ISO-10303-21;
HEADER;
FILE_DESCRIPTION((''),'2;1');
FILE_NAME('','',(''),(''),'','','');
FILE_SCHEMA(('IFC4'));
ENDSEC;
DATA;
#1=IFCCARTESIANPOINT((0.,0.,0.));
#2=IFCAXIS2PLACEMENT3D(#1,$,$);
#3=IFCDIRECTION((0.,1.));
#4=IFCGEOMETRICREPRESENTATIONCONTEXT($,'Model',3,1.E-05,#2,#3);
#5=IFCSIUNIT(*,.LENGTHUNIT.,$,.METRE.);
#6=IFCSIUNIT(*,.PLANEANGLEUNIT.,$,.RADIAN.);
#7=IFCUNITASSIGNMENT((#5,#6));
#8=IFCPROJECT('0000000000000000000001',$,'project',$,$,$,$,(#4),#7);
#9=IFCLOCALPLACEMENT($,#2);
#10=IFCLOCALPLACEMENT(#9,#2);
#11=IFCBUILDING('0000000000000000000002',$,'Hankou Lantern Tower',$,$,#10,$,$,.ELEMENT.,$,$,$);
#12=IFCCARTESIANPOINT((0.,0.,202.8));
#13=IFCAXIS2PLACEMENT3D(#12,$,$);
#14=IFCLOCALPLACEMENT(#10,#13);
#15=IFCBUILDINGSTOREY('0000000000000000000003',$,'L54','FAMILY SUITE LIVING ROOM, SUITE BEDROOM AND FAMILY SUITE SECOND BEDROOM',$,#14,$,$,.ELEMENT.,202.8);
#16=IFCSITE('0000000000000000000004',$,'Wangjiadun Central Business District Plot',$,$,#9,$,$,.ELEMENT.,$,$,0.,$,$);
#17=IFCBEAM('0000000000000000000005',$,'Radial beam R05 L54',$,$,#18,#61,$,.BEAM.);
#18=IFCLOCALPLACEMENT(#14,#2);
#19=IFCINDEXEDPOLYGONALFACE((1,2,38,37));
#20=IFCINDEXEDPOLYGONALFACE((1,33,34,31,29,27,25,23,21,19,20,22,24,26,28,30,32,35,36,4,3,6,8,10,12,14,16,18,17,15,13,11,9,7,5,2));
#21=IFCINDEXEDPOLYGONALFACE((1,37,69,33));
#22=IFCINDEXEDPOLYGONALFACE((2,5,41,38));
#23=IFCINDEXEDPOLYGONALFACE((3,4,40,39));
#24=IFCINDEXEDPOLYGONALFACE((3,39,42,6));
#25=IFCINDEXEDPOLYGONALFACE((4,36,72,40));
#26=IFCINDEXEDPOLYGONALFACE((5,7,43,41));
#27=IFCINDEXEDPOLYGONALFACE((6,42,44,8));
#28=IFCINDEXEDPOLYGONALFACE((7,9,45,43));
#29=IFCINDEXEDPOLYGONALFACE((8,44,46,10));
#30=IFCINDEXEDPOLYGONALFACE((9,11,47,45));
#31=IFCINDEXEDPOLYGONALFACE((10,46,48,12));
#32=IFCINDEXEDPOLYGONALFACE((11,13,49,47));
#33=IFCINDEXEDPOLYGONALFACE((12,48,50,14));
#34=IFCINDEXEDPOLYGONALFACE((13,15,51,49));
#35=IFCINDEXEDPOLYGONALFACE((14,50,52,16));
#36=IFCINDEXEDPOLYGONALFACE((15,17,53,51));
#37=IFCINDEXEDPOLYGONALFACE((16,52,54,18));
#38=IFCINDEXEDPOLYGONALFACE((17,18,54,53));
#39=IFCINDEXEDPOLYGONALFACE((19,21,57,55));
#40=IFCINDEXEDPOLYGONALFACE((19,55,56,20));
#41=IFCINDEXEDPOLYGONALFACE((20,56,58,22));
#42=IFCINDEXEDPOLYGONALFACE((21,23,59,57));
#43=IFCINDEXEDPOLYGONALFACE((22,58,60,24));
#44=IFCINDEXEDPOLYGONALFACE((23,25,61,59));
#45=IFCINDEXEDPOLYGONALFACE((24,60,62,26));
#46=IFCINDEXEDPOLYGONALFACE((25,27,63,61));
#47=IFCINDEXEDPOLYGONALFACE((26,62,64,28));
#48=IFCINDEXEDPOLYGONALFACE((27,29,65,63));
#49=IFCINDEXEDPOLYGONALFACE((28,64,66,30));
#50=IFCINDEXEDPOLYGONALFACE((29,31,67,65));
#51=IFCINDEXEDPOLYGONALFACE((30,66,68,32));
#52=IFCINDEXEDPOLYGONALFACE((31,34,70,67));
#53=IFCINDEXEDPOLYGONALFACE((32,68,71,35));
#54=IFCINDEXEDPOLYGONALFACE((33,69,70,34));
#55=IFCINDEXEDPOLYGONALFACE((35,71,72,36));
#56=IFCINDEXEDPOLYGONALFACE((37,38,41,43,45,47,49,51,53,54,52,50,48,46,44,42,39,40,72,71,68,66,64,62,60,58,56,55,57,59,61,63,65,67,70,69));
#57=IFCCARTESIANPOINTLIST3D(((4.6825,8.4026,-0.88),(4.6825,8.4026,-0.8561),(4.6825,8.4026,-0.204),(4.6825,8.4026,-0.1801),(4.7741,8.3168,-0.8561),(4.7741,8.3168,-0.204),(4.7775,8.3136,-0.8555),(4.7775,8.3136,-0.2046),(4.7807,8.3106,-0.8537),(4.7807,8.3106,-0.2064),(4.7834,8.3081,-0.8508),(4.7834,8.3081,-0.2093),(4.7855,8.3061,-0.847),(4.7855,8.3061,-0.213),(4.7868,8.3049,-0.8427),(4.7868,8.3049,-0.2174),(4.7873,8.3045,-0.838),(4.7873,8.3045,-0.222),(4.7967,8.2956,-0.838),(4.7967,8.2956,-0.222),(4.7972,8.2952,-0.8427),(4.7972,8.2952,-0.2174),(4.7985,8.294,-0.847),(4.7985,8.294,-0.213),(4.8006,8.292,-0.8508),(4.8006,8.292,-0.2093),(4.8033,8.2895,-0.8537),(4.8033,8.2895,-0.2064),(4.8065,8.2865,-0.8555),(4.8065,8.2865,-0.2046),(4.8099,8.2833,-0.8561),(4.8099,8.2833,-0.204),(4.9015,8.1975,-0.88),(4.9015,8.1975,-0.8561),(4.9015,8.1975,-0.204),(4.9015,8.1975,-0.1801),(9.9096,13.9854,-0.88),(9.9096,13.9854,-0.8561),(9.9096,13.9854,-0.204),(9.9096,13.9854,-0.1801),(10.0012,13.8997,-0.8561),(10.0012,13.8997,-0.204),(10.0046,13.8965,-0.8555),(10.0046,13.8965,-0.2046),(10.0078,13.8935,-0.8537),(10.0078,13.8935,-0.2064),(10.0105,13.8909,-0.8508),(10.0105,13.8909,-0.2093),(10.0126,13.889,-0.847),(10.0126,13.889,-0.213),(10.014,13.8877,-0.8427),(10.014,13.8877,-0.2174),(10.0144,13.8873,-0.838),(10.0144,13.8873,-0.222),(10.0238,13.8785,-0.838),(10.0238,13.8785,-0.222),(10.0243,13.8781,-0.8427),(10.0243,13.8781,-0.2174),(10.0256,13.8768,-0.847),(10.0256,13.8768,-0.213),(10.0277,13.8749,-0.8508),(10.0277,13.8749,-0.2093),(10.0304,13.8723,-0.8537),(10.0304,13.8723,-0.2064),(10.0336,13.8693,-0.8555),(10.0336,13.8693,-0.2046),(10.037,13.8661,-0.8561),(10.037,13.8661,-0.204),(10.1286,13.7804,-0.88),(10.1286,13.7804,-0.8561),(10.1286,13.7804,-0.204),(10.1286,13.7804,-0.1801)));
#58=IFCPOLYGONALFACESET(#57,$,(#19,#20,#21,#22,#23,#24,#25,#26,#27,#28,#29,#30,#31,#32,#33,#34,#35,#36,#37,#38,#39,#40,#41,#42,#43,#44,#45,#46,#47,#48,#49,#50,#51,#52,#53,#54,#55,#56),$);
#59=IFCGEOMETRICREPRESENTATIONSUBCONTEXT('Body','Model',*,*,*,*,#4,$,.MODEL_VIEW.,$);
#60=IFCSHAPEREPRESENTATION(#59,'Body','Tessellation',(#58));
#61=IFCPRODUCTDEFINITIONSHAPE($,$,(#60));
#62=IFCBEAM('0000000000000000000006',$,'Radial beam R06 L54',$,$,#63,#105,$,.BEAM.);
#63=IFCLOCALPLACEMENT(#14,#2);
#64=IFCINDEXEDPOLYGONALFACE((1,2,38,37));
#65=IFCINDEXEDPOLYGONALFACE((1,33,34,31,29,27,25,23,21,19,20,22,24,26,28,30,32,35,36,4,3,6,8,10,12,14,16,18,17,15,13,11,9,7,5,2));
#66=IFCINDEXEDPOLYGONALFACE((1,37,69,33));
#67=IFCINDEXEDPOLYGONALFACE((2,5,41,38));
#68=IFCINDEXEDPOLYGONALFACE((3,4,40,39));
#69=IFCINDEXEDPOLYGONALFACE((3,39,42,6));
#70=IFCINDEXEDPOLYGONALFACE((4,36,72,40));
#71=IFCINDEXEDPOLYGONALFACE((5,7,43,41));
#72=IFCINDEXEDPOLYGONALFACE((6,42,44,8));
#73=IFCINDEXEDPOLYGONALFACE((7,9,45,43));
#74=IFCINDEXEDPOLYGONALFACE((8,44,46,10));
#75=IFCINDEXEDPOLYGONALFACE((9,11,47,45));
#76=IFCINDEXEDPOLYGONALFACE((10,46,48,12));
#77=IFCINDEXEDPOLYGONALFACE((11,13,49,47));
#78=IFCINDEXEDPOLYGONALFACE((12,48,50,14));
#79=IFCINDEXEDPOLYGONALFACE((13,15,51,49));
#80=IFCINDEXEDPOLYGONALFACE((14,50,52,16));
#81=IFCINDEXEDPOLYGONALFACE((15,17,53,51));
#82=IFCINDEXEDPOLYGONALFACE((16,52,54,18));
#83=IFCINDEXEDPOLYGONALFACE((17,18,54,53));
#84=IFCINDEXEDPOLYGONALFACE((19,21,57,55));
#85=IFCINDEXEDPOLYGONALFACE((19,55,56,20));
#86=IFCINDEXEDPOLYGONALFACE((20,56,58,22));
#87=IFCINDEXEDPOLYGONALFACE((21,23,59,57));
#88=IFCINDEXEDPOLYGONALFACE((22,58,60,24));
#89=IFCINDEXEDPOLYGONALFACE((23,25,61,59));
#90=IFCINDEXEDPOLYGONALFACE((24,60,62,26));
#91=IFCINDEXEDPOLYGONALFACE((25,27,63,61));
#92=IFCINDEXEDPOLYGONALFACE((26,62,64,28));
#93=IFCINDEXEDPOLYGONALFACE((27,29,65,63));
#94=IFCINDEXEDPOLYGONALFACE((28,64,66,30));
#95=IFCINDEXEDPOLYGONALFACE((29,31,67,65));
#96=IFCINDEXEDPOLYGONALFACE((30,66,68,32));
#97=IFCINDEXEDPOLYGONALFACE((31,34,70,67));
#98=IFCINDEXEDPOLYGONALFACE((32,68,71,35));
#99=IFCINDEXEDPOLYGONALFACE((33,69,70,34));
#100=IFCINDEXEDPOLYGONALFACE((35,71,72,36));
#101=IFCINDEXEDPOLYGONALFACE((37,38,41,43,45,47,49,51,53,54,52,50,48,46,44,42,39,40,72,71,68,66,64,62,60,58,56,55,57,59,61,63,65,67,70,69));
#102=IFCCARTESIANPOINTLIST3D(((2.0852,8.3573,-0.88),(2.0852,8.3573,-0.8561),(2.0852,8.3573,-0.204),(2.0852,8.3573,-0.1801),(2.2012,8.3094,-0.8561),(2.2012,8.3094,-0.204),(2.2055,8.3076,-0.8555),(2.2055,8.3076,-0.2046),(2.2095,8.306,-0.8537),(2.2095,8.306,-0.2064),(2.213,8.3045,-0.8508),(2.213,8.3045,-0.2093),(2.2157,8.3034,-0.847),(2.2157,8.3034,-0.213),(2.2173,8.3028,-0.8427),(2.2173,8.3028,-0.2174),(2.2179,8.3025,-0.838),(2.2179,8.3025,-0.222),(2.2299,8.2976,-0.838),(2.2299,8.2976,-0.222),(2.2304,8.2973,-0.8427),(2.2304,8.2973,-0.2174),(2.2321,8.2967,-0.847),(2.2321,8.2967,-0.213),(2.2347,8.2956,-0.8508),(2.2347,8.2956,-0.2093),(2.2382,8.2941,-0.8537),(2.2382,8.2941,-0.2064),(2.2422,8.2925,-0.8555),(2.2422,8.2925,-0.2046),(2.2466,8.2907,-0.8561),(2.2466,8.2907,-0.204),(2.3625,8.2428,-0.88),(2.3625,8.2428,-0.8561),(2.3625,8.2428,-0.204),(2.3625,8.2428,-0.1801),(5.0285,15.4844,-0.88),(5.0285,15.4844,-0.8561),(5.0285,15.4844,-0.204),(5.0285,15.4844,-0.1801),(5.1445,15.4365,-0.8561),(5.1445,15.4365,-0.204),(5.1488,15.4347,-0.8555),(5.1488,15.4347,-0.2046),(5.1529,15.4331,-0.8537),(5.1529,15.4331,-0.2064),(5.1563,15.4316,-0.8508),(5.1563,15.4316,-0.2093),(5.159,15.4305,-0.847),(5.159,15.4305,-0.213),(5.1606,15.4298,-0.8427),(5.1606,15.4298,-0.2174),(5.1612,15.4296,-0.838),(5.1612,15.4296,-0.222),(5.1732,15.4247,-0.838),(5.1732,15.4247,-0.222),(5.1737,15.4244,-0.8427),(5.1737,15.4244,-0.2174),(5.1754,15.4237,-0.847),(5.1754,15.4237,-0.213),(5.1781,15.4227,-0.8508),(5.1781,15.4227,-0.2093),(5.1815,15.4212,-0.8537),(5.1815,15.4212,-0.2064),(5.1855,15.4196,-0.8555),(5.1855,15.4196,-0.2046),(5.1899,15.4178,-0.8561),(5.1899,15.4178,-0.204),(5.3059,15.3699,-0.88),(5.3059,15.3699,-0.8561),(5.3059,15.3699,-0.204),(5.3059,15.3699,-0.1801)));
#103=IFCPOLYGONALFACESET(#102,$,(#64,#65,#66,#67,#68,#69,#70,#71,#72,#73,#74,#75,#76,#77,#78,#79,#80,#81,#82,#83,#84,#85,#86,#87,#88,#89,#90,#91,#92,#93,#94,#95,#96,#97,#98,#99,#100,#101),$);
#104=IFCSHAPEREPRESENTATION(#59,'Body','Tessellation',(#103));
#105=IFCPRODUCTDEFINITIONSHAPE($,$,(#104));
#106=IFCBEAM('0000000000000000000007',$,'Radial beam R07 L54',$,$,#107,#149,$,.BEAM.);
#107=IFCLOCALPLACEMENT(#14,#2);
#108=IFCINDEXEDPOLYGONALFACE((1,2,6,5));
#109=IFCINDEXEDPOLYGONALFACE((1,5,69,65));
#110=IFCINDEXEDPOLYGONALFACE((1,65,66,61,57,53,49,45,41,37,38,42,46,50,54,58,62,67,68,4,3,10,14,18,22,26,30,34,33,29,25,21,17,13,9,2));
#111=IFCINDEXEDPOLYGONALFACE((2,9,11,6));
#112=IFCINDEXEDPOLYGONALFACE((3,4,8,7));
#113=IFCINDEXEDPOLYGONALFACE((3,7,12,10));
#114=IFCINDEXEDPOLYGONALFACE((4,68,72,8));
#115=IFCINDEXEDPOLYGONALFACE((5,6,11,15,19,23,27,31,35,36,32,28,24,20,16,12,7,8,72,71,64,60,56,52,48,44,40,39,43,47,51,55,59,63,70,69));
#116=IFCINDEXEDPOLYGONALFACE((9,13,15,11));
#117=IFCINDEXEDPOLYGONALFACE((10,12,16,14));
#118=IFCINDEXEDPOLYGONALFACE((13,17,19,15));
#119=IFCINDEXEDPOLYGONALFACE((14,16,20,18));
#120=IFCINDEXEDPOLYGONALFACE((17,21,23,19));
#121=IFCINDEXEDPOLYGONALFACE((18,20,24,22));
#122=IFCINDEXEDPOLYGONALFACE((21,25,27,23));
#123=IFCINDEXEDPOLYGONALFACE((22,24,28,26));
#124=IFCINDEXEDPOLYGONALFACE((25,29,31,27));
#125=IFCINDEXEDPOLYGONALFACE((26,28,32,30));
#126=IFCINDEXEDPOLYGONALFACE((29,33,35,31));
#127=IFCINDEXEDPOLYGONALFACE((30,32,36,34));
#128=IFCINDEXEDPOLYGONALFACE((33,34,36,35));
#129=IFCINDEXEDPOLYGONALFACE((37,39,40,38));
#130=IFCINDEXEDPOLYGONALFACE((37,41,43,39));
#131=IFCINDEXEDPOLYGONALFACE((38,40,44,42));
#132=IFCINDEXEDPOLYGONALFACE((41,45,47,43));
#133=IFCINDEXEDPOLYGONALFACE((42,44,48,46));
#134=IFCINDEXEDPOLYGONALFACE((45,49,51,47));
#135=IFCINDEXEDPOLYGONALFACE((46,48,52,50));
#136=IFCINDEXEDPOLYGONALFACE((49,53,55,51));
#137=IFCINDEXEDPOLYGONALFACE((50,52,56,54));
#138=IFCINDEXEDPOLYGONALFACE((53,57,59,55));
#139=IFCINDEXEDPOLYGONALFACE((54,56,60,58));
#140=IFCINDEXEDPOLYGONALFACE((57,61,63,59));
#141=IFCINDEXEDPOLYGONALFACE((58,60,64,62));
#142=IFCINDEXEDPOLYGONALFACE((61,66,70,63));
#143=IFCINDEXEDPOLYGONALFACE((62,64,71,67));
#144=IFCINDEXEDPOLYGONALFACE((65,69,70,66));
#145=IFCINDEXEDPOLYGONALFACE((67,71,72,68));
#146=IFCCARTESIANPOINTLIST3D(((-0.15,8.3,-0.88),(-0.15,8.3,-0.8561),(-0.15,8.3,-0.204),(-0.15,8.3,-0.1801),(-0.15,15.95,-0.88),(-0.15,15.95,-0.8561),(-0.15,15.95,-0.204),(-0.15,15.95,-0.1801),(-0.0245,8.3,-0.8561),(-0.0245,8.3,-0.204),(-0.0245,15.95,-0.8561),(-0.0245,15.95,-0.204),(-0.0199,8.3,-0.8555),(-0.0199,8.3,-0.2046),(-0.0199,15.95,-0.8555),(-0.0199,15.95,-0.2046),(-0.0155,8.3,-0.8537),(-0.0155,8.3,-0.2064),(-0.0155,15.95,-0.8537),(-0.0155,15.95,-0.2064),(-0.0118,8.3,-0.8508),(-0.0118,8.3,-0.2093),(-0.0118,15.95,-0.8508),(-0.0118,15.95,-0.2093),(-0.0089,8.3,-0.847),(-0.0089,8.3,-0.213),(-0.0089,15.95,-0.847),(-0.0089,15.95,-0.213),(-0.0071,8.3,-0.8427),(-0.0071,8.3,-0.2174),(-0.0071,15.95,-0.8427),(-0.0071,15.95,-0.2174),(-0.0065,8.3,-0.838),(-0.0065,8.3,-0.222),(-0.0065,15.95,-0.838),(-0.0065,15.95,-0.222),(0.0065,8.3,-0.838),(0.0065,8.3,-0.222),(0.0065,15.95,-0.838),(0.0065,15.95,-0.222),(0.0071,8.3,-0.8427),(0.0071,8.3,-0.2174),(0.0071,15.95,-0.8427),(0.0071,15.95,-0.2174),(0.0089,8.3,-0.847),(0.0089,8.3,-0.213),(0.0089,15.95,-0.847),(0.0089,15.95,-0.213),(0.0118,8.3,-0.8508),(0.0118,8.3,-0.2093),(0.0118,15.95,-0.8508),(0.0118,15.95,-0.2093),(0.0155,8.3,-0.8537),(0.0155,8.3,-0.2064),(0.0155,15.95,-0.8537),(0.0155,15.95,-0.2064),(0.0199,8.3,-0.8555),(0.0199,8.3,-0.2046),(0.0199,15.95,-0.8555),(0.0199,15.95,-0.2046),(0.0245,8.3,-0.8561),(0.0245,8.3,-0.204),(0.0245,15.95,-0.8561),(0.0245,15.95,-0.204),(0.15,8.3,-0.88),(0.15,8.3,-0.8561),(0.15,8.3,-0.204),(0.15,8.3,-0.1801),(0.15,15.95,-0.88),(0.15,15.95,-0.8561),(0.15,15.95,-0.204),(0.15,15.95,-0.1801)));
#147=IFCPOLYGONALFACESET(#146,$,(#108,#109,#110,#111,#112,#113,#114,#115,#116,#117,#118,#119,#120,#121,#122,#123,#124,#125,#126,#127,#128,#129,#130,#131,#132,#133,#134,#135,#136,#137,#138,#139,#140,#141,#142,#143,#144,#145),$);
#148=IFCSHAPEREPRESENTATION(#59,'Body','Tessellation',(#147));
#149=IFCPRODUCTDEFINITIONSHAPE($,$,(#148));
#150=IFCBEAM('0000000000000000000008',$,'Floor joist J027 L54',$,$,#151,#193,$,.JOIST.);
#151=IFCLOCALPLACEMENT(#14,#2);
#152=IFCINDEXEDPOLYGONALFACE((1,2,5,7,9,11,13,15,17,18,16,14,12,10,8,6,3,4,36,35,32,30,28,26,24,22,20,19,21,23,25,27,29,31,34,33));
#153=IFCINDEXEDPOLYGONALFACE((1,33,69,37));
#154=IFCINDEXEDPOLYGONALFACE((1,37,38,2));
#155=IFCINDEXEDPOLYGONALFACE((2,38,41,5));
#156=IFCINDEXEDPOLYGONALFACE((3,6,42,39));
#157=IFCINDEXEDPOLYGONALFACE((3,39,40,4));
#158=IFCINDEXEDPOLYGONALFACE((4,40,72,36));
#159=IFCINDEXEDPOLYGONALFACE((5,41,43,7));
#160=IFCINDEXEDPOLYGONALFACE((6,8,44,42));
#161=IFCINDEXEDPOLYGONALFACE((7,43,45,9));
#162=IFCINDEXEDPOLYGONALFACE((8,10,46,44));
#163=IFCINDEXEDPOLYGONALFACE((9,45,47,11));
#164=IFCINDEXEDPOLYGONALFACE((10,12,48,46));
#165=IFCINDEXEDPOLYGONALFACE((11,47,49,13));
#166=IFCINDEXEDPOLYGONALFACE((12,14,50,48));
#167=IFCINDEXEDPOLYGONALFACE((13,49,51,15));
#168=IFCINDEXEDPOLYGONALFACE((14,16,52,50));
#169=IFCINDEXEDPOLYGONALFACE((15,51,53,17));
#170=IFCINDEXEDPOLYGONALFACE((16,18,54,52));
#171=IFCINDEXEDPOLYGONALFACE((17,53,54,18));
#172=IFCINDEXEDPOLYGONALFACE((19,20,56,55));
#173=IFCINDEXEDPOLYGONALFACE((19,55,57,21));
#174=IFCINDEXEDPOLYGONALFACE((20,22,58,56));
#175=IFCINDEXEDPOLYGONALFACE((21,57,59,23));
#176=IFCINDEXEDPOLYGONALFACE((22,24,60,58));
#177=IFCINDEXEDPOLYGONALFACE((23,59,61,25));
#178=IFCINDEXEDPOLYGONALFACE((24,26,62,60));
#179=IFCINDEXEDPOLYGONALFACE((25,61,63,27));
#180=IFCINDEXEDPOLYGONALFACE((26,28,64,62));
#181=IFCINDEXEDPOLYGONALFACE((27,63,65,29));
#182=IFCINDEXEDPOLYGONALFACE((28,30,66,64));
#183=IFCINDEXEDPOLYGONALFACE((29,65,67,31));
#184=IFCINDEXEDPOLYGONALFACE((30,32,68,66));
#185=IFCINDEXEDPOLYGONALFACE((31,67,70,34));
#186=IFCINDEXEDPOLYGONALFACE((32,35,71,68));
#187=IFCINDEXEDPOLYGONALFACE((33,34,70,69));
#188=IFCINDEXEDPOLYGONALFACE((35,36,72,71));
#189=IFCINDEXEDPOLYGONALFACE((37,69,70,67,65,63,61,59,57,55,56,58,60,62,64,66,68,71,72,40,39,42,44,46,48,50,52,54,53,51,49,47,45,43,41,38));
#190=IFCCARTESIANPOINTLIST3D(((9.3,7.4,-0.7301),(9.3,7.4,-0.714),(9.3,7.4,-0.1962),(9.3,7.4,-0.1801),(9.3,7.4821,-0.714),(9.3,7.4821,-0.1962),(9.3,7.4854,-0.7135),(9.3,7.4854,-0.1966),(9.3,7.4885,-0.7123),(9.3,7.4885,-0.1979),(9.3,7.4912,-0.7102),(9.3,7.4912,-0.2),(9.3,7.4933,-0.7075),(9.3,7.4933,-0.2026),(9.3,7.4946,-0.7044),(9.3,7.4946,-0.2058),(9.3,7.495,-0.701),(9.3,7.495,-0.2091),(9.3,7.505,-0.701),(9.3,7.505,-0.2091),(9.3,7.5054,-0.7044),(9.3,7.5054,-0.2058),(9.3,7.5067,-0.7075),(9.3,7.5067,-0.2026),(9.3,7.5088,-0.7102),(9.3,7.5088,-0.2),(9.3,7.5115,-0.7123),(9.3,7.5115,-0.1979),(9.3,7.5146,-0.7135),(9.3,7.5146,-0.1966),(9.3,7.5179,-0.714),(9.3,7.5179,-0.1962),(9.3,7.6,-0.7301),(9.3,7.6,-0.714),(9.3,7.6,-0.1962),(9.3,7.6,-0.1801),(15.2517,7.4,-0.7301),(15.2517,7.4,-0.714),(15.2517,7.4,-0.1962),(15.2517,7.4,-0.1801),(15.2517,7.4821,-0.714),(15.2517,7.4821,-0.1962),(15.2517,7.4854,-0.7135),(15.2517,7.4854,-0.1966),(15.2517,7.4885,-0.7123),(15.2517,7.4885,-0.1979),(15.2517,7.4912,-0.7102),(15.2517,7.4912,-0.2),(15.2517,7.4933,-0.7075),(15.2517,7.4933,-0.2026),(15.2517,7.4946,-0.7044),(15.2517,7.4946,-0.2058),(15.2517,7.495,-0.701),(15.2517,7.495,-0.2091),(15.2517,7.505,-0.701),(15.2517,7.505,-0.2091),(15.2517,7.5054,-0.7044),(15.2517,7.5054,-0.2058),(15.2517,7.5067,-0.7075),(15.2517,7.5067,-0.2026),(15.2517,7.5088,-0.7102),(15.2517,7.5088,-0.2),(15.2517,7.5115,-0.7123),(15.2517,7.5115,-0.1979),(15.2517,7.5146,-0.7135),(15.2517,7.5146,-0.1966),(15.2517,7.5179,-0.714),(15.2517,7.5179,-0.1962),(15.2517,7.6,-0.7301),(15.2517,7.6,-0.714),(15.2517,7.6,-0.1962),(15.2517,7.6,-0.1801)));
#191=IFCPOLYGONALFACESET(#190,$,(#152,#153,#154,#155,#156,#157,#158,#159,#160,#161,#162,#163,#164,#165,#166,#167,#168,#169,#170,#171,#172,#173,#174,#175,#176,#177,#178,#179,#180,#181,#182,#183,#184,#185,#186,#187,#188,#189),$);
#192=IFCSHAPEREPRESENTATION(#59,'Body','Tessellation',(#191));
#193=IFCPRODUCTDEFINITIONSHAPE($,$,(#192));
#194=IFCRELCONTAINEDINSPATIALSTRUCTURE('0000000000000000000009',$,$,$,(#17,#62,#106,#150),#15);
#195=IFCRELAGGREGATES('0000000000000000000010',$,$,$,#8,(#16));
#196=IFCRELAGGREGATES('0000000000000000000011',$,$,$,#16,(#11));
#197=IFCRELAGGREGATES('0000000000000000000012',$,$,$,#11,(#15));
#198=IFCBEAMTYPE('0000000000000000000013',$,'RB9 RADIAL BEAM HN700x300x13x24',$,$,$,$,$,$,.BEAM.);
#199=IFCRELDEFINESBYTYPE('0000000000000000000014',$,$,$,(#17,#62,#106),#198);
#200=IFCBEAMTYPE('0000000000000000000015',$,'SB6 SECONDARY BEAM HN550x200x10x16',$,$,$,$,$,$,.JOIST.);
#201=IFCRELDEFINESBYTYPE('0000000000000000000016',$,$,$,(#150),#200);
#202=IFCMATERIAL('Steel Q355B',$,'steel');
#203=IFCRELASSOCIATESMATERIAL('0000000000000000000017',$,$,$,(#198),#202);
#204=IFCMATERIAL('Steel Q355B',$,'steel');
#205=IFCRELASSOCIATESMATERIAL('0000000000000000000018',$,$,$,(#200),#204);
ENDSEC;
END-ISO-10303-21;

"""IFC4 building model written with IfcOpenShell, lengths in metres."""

from ifc_helpers import new_model, si_unit, direction, frame, origin, origin_2d, place, context, subcontext, project, spatial, i_section, extrude, material, material_profile, profile_set, type_object, element, save


model = new_model("IFC4")

# Units and contexts
model_context = context("Model", 3, precision=1e-05, world=origin(), true_north=direction((0.0, 1.0)))
body_context = subcontext(model_context, "Body", "Model", "MODEL_VIEW")
ifc_project = project(units=[si_unit("LENGTHUNIT", "METRE"), si_unit("PLANEANGLEUNIT", "RADIAN")], contexts=[model_context])

# Site, building, storey
site_placement = place(None, origin())
site = spatial("IfcSite", under=ifc_project, at=site_placement, Name="Wangjiadun Central Business District Plot", CompositionType="ELEMENT", RefElevation=0.0)
building_placement = place(site_placement, origin())
building = spatial("IfcBuilding", under=site, at=building_placement, Name="Hankou Lantern Tower", CompositionType="ELEMENT")
storey_placement = place(building_placement, frame((0.0, 0.0, 202.8)))
storey = spatial("IfcBuildingStorey", under=building, at=storey_placement, Name="L54", Description="FAMILY SUITE LIVING ROOM, SUITE BEDROOM AND FAMILY SUITE SECOND BEDROOM", CompositionType="ELEMENT", Elevation=202.8)

# Beams
ifc_material_1 = material(Name="Steel Q355B", Category="steel")
ifc_material_profile_1 = material_profile(ifc_material_1, i_section(OverallWidth=0.3, OverallDepth=0.7, WebThickness=0.0129, FlangeThickness=0.0239, FilletRadius=0.0181, at=origin_2d()), Name="HN700x300x13x24")
ifc_profile_set_1 = profile_set([ifc_material_profile_1], Name="Steel Q355B")
beam_type_1 = type_object("IfcBeamType", Name="RB9 RADIAL BEAM HN700x300x13x24", PredefinedType="BEAM", material=ifc_profile_set_1)
beam_1_placement = place(storey_placement, frame((4.792, 8.3, -0.53), z_axis=(0.683468, 0.72998, 0.0), x_axis=(-0.72998, 0.683468, 0.0)))
element("IfcBeam", 1, at=beam_1_placement, inside=storey, type_object=beam_type_1, Name="Radial beam R05 L54", PredefinedType="BEAM", context=body_context, shape_type="SweptSolid", body=[
    extrude(i_section(OverallWidth=0.3, OverallDepth=0.7, WebThickness=0.0129, FlangeThickness=0.0239, FilletRadius=0.0181, at=origin_2d()), origin(), (0.0, 0.0, 1.0), 7.6479),
])
beam_2_placement = place(storey_placement, frame((2.2239, 8.3, -0.53), z_axis=(0.381707, 0.924284, 0.0), x_axis=(-0.924284, 0.381707, 0.0)))
element("IfcBeam", 2, at=beam_2_placement, inside=storey, type_object=beam_type_1, Name="Radial beam R06 L54", PredefinedType="BEAM", context=body_context, shape_type="SweptSolid", body=[
    extrude(i_section(OverallWidth=0.3, OverallDepth=0.7, WebThickness=0.0129, FlangeThickness=0.0239, FilletRadius=0.0181, at=origin_2d()), origin(), (0.0, 0.0, 1.0), 7.7109),
])
beam_3_placement = place(storey_placement, frame((0.0, 8.3, -0.53), z_axis=(0.0, 1.0, 0.0), x_axis=(-1.0, 0.0, 0.0)))
element("IfcBeam", 3, at=beam_3_placement, inside=storey, type_object=beam_type_1, Name="Radial beam R07 L54", PredefinedType="BEAM", context=body_context, shape_type="SweptSolid", body=[
    extrude(i_section(OverallWidth=0.3, OverallDepth=0.7, WebThickness=0.0129, FlangeThickness=0.0239, FilletRadius=0.0181, at=origin_2d()), origin(), (0.0, 0.0, 1.0), 7.6499),
])
ifc_material_2 = material(Name="Steel Q355B", Category="steel")
ifc_material_profile_2 = material_profile(ifc_material_2, i_section(OverallWidth=0.2, OverallDepth=0.55, WebThickness=0.01, FlangeThickness=0.0161, FilletRadius=0.0129, at=origin_2d()), Name="HN550x200x10x16")
ifc_profile_set_2 = profile_set([ifc_material_profile_2], Name="Steel Q355B")
beam_type_2 = type_object("IfcBeamType", Name="SB6 SECONDARY BEAM HN550x200x10x16", PredefinedType="JOIST", material=ifc_profile_set_2)
beam_4_placement = place(storey_placement, frame((9.3, 7.5, -0.4551), z_axis=(1.0, 0.0, 0.0), x_axis=(0.0, 1.0, 0.0)))
element("IfcBeam", 4, at=beam_4_placement, inside=storey, type_object=beam_type_2, Name="Floor joist J027 L54", PredefinedType="JOIST", context=body_context, shape_type="SweptSolid", body=[
    extrude(i_section(OverallWidth=0.2, OverallDepth=0.55, WebThickness=0.01, FlangeThickness=0.0161, FilletRadius=0.0129, at=origin_2d()), origin(), (0.0, 0.0, 1.0), 5.9517),
])

save(model, "model.ifc")
